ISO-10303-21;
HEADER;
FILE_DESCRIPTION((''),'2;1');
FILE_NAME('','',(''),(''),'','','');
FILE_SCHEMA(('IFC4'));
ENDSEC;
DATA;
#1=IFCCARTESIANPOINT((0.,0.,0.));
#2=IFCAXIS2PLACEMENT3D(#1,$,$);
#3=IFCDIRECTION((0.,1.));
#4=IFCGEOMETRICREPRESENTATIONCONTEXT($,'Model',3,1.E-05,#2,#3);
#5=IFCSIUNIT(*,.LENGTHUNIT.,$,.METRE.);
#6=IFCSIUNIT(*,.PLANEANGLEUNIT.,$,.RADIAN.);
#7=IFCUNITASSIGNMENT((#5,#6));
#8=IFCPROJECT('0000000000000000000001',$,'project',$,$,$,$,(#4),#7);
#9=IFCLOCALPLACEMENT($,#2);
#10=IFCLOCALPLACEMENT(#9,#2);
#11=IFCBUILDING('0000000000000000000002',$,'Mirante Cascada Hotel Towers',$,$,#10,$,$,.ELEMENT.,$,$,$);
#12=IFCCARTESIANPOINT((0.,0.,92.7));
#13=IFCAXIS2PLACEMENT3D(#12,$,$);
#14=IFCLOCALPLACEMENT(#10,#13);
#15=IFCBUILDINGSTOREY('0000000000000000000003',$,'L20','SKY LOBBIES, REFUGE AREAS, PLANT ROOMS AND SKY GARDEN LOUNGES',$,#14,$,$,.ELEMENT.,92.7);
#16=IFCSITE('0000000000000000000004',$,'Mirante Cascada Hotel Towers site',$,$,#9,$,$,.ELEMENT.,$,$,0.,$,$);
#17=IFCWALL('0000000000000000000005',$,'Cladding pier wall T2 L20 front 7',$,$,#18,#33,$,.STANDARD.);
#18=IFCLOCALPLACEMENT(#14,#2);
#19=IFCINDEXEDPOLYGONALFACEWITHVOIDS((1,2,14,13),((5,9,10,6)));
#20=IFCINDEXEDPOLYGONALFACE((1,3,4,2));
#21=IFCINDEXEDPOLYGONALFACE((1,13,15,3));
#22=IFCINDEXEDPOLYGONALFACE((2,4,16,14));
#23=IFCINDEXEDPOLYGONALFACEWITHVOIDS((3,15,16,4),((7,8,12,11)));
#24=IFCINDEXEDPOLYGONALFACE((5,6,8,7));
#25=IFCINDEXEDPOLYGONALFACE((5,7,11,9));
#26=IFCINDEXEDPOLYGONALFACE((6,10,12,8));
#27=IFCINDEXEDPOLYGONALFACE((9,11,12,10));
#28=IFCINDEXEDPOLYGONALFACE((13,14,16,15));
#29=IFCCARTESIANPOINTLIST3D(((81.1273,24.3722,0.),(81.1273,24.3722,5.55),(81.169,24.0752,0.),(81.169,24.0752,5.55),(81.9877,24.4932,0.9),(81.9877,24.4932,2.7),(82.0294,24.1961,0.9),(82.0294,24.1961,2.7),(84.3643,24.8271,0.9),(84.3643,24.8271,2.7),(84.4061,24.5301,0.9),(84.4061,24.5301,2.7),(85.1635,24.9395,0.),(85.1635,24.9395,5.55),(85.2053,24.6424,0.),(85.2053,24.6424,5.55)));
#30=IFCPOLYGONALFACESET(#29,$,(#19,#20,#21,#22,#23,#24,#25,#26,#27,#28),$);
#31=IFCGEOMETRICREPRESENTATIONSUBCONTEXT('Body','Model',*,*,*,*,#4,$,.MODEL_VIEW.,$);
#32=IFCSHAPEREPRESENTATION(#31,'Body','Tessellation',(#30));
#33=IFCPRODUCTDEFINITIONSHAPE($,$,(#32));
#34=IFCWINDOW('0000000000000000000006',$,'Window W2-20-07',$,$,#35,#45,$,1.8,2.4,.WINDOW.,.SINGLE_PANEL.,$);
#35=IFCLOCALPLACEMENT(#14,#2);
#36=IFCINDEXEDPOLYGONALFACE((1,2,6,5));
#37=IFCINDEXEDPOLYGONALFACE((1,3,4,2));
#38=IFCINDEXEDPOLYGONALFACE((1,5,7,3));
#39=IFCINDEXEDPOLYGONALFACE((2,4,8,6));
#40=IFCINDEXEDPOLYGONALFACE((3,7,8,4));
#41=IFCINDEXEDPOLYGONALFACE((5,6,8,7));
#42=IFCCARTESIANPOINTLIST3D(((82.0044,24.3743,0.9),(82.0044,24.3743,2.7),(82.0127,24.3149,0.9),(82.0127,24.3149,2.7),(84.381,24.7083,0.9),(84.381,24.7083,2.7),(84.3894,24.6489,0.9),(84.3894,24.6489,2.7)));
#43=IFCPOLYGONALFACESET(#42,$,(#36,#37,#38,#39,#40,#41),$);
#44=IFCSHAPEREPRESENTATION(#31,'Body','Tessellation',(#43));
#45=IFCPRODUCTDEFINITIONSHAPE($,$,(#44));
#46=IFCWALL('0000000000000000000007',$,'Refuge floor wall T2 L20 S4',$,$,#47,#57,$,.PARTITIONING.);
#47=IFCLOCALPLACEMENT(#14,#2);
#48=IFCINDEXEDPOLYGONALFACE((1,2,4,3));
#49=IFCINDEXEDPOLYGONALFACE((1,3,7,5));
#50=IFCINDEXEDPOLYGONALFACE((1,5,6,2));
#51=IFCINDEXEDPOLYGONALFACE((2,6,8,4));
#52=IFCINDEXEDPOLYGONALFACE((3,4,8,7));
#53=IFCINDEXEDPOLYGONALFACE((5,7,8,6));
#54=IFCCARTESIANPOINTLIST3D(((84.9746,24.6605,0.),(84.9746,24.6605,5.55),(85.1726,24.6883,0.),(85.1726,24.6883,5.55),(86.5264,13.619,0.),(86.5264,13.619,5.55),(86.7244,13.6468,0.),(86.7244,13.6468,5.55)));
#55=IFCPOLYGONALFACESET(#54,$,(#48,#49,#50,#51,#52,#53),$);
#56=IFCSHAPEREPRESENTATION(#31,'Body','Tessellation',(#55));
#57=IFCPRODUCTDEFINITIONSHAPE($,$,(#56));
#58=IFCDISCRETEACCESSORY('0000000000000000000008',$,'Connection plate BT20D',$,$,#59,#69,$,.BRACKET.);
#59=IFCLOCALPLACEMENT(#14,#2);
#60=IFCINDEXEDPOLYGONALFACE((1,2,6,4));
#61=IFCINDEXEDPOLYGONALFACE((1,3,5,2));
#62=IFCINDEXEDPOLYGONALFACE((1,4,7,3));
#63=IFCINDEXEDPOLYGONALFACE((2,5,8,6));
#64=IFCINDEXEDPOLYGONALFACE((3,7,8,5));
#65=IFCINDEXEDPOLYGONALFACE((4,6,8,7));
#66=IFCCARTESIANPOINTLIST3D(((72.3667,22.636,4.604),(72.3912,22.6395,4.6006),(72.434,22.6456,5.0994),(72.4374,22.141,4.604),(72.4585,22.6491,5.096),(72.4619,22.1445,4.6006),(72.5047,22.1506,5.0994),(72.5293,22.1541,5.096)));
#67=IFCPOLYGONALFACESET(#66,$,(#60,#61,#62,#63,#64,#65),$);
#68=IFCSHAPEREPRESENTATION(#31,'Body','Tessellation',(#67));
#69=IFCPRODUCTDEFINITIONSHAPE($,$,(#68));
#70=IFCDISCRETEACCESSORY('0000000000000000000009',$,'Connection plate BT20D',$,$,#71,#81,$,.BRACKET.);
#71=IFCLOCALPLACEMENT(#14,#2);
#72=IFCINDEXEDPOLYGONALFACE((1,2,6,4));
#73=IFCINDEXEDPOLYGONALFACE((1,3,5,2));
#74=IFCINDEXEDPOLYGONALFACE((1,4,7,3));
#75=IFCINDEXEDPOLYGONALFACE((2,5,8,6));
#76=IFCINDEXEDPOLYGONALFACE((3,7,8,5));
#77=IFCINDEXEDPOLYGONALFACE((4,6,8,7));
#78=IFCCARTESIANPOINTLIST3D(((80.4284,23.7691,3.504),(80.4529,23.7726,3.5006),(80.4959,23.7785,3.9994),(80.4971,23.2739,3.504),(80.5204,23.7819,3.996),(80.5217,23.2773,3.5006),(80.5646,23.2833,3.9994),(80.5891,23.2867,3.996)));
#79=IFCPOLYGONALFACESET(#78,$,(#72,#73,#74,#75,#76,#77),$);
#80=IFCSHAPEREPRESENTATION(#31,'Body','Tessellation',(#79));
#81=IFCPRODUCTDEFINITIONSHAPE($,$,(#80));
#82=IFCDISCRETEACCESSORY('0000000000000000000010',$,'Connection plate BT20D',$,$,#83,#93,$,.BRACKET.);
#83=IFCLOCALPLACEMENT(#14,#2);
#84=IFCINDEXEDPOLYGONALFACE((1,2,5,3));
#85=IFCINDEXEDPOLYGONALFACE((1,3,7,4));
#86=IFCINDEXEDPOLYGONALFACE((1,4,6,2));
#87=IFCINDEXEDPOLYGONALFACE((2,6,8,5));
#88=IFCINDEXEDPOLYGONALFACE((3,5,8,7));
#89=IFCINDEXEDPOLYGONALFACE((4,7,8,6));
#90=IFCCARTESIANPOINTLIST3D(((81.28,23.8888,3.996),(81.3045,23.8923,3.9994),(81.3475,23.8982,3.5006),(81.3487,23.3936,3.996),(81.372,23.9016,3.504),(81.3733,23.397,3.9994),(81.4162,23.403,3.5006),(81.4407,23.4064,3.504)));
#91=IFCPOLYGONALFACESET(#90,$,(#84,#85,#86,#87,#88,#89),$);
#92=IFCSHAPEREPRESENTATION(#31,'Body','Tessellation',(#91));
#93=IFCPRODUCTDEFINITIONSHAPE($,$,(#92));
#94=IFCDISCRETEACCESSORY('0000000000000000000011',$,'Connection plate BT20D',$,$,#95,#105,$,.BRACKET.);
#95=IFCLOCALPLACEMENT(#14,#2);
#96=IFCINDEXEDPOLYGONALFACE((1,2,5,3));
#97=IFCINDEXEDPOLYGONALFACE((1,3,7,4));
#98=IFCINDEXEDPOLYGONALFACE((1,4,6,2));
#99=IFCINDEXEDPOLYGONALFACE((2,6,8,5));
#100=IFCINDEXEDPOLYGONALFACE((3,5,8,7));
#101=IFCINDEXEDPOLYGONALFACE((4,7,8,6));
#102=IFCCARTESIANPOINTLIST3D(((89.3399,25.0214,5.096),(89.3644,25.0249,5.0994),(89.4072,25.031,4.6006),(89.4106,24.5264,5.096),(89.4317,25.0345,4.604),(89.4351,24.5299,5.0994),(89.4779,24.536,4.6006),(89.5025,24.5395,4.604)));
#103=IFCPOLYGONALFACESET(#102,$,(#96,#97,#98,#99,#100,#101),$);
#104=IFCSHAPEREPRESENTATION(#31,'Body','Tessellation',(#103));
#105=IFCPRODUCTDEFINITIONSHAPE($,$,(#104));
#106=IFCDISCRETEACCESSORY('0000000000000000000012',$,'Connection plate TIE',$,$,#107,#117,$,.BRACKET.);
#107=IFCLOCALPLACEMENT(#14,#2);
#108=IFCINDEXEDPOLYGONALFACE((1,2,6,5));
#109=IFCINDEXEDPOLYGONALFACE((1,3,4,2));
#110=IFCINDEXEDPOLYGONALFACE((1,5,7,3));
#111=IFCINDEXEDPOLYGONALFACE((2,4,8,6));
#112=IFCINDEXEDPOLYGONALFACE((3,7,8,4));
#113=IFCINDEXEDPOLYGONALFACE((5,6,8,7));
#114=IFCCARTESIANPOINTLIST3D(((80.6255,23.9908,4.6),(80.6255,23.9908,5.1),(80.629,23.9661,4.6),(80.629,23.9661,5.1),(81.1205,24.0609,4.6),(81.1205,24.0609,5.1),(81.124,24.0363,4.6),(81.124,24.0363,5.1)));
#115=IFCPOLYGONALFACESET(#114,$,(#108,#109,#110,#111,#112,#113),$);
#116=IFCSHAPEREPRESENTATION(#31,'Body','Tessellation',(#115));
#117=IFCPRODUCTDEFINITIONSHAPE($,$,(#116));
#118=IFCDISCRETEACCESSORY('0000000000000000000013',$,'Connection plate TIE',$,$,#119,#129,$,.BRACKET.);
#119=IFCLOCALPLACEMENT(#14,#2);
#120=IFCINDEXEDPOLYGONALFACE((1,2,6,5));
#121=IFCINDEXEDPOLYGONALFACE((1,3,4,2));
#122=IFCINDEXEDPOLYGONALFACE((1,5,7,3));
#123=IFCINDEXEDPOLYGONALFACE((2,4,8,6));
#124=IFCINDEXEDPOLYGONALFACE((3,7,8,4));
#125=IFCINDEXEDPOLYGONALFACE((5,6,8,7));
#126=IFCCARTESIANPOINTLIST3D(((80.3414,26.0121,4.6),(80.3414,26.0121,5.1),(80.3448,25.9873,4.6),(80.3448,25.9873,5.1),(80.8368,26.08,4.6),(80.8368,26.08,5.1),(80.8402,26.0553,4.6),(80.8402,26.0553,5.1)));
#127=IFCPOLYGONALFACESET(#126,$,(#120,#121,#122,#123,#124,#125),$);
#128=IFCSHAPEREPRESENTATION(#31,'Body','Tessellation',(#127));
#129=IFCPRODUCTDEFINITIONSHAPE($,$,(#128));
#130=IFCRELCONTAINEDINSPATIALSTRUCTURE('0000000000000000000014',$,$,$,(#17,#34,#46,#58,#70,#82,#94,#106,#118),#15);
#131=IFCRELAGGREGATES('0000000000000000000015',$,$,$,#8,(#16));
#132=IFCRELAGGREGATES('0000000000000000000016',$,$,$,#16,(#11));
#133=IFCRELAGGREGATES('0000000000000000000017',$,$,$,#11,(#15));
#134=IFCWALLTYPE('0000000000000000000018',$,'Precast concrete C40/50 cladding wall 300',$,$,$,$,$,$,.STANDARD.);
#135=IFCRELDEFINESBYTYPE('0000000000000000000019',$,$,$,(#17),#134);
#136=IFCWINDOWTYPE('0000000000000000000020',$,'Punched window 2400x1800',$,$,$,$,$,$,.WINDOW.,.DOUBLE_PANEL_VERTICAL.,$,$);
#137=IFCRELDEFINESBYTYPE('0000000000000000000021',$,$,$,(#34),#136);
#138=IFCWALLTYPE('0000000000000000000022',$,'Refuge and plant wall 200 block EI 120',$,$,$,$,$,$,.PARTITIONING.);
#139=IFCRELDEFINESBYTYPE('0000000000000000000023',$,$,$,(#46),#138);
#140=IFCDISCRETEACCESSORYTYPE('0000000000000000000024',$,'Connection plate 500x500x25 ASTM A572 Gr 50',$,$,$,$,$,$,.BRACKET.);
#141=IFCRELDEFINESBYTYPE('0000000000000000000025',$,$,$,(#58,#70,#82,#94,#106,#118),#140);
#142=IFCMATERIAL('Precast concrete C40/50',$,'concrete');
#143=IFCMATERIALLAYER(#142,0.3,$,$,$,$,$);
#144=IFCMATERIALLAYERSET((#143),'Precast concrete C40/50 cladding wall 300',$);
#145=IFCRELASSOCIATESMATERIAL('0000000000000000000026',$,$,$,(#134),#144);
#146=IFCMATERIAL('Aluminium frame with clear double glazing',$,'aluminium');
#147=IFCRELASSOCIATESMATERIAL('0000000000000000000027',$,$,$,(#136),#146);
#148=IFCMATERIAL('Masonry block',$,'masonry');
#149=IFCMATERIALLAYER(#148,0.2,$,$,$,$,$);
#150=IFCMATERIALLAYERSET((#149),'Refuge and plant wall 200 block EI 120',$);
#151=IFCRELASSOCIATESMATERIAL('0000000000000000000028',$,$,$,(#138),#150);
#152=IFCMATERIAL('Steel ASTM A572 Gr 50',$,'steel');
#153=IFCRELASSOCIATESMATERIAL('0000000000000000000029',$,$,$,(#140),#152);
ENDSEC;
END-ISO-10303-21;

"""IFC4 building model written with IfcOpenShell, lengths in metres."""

from ifc_helpers import new_model, si_unit, direction, frame, frame_2d, origin, origin_2d, place, context, subcontext, project, spatial, rectangle, extrude, material, layer, layer_set, material_profile, profile_set, type_object, element, fill, save


model = new_model("IFC4")

# Units and contexts
model_context = context("Model", 3, precision=1e-05, world=origin(), true_north=direction((0.0, 1.0)))
body_context = subcontext(model_context, "Body", "Model", "MODEL_VIEW")
ifc_project = project(units=[si_unit("LENGTHUNIT", "METRE"), si_unit("PLANEANGLEUNIT", "RADIAN")], contexts=[model_context])

# Site, building, storey
site_placement = place(None, origin())
site = spatial("IfcSite", under=ifc_project, at=site_placement, Name="Mirante Cascada Hotel Towers site", CompositionType="ELEMENT", RefElevation=0.0)
building_placement = place(site_placement, origin())
building = spatial("IfcBuilding", under=site, at=building_placement, Name="Mirante Cascada Hotel Towers", CompositionType="ELEMENT")
storey_placement = place(building_placement, frame((0.0, 0.0, 92.7)))
storey = spatial("IfcBuildingStorey", under=building, at=storey_placement, Name="L20", Description="SKY LOBBIES, REFUGE AREAS, PLANT ROOMS AND SKY GARDEN LOUNGES", CompositionType="ELEMENT", Elevation=92.7)

# Wall, opening, window
ifc_material_1 = material(Name="Precast concrete C40/50", Category="concrete")
ifc_layer_1 = layer(ifc_material_1, 0.3)
ifc_layer_set_1 = layer_set([ifc_layer_1], Name="Precast concrete C40/50 cladding wall 300")
wall_type_1 = type_object("IfcWallType", Name="Precast concrete C40/50 cladding wall 300", PredefinedType="STANDARD", material=ifc_layer_set_1)
wall_1_placement = place(storey_placement, frame((81.1481, 24.2237, 0.0), z_axis=(0.0, 0.0, 1.0), x_axis=(0.99027, 0.139161, 0.0)))
wall_1 = element("IfcWall", 1, at=wall_1_placement, inside=storey, type_object=wall_type_1, Name="Cladding pier wall T2 L20 front 7", PredefinedType="STANDARD", context=body_context, shape_type="SweptSolid", body=[
    extrude(rectangle(XDim=4.0759, YDim=0.3, at=frame_2d((2.038, 0.0))), origin(), (0.0, 0.0, 1.0), 5.55),
])
opening_placement = place(wall_1_placement, frame((0.8689, 0.0, 0.9)))
opening = element("IfcOpeningElement", 2, at=opening_placement, cuts=wall_1, PredefinedType="OPENING", context=body_context, shape_type="SweptSolid", body=[
    extrude(rectangle(XDim=2.4, YDim=1.8, at=frame_2d((1.2, 0.9))), frame((0.0, 0.15, 0.0), z_axis=(0.0, -1.0, 0.0), x_axis=(1.0, 0.0, 0.0)), (0.0, 0.0, 1.0), 0.3),
])
ifc_material_2 = material(Name="Aluminium frame with clear double glazing", Category="aluminium")
window_type = type_object("IfcWindowType", Name="Punched window 2400x1800", PartitioningType="DOUBLE_PANEL_VERTICAL", PredefinedType="WINDOW", material=ifc_material_2)
window_placement = place(opening_placement, origin())
window = element("IfcWindow", 3, at=window_placement, inside=storey, type_object=window_type, Name="Window W2-20-07", OverallHeight=1.8, OverallWidth=2.4, PartitioningType="SINGLE_PANEL", PredefinedType="WINDOW", context=body_context, shape_type="SweptSolid", body=[
    extrude(rectangle(XDim=2.4, YDim=1.8, at=frame_2d((1.2, 0.9))), frame((0.0, 0.03, 0.0), z_axis=(0.0, -1.0, 0.0), x_axis=(1.0, 0.0, 0.0)), (0.0, 0.0, 1.0), 0.06),
])
fill(opening, window)

# Wall
ifc_material_3 = material(Name="Masonry block", Category="masonry")
ifc_layer_2 = layer(ifc_material_3, 0.2)
ifc_layer_set_2 = layer_set([ifc_layer_2], Name="Refuge and plant wall 200 block EI 120")
wall_type_2 = type_object("IfcWallType", Name="Refuge and plant wall 200 block EI 120", PredefinedType="PARTITIONING", material=ifc_layer_set_2)
wall_2_placement = place(storey_placement, frame((86.6254, 13.6329, 0.0), z_axis=(0.0, 0.0, 1.0), x_axis=(-0.139175, 0.990268, 0.0)))
element("IfcWall", 4, at=wall_2_placement, inside=storey, type_object=wall_type_2, Name="Refuge floor wall T2 L20 S4", PredefinedType="PARTITIONING", context=body_context, shape_type="SweptSolid", body=[
    extrude(rectangle(XDim=11.15, YDim=0.2, at=frame_2d((5.575, 0.0))), origin(), (0.0, 0.0, 1.0), 5.55),
])

# Discrete accessories
ifc_material_4 = material(Name="Steel ASTM A572 Gr 50", Category="steel")
ifc_material_profile_1 = material_profile(ifc_material_4, rectangle(XDim=0.5, YDim=0.5, at=origin_2d()), Name="Connection plate 500x500x25 ASTM A572 Gr 50")
ifc_profile_set_1 = profile_set([ifc_material_profile_1], Name="Steel ASTM A572 Gr 50")
discrete_accessory_type = type_object("IfcDiscreteAccessoryType", Name="Connection plate 500x500x25 ASTM A572 Gr 50", PredefinedType="BRACKET", material=ifc_profile_set_1)
for number, where, z_axis, x_axis, name in (
    (5, (72.4357, 22.3933, 4.8517), (0.980738, 0.140105, -0.136102), (-0.141421, 0.98995, 0.0), "Connection plate BT20D"),
    (6, (80.4965, 23.5262, 3.7517), (0.98128, 0.136178, -0.136178), (-0.137458, 0.990508, 0.0), "Connection plate BT20D"),
    (7, (81.3481, 23.6459, 3.7483), (0.98128, 0.136178, 0.136178), (-0.137458, 0.990508, 0.0), "Connection plate BT20D"),
    (8, (89.4089, 24.7787, 4.8483), (0.980738, 0.140105, 0.136102), (-0.141421, 0.98995, 0.0), "Connection plate BT20D"),
):
    element("IfcDiscreteAccessory", number, at=place(storey_placement, frame(where, z_axis=z_axis, x_axis=x_axis)), inside=storey, type_object=discrete_accessory_type, Name=name, PredefinedType="BRACKET", context=body_context, shape_type="SweptSolid", body=[
        extrude(rectangle(XDim=0.5, YDim=0.5, at=origin_2d()), origin(), (0.0, 0.0, 1.0), 0.025),
    ])
discrete_accessory_1_placement = place(storey_placement, frame((80.8765, 24.0012, 4.85), z_axis=(-0.140299, 0.990109, 0.0), x_axis=(-0.990109, -0.140299, 0.0)))
element("IfcDiscreteAccessory", 9, at=discrete_accessory_1_placement, inside=storey, type_object=discrete_accessory_type, Name="Connection plate TIE", PredefinedType="BRACKET", context=body_context, shape_type="SweptSolid", body=[
    extrude(rectangle(XDim=0.5, YDim=0.5, at=origin_2d()), origin(), (0.0, 0.0, 1.0), 0.0249),
])
discrete_accessory_2_placement = place(storey_placement, frame((80.5925, 26.0213, 4.85), z_axis=(-0.135826, 0.990733, 0.0), x_axis=(-0.990733, -0.135826, 0.0)))
element("IfcDiscreteAccessory", 10, at=discrete_accessory_2_placement, inside=storey, type_object=discrete_accessory_type, Name="Connection plate TIE", PredefinedType="BRACKET", context=body_context, shape_type="SweptSolid", body=[
    extrude(rectangle(XDim=0.5, YDim=0.5, at=origin_2d()), origin(), (0.0, 0.0, 1.0), 0.025),
])

save(model, "model.ifc")
